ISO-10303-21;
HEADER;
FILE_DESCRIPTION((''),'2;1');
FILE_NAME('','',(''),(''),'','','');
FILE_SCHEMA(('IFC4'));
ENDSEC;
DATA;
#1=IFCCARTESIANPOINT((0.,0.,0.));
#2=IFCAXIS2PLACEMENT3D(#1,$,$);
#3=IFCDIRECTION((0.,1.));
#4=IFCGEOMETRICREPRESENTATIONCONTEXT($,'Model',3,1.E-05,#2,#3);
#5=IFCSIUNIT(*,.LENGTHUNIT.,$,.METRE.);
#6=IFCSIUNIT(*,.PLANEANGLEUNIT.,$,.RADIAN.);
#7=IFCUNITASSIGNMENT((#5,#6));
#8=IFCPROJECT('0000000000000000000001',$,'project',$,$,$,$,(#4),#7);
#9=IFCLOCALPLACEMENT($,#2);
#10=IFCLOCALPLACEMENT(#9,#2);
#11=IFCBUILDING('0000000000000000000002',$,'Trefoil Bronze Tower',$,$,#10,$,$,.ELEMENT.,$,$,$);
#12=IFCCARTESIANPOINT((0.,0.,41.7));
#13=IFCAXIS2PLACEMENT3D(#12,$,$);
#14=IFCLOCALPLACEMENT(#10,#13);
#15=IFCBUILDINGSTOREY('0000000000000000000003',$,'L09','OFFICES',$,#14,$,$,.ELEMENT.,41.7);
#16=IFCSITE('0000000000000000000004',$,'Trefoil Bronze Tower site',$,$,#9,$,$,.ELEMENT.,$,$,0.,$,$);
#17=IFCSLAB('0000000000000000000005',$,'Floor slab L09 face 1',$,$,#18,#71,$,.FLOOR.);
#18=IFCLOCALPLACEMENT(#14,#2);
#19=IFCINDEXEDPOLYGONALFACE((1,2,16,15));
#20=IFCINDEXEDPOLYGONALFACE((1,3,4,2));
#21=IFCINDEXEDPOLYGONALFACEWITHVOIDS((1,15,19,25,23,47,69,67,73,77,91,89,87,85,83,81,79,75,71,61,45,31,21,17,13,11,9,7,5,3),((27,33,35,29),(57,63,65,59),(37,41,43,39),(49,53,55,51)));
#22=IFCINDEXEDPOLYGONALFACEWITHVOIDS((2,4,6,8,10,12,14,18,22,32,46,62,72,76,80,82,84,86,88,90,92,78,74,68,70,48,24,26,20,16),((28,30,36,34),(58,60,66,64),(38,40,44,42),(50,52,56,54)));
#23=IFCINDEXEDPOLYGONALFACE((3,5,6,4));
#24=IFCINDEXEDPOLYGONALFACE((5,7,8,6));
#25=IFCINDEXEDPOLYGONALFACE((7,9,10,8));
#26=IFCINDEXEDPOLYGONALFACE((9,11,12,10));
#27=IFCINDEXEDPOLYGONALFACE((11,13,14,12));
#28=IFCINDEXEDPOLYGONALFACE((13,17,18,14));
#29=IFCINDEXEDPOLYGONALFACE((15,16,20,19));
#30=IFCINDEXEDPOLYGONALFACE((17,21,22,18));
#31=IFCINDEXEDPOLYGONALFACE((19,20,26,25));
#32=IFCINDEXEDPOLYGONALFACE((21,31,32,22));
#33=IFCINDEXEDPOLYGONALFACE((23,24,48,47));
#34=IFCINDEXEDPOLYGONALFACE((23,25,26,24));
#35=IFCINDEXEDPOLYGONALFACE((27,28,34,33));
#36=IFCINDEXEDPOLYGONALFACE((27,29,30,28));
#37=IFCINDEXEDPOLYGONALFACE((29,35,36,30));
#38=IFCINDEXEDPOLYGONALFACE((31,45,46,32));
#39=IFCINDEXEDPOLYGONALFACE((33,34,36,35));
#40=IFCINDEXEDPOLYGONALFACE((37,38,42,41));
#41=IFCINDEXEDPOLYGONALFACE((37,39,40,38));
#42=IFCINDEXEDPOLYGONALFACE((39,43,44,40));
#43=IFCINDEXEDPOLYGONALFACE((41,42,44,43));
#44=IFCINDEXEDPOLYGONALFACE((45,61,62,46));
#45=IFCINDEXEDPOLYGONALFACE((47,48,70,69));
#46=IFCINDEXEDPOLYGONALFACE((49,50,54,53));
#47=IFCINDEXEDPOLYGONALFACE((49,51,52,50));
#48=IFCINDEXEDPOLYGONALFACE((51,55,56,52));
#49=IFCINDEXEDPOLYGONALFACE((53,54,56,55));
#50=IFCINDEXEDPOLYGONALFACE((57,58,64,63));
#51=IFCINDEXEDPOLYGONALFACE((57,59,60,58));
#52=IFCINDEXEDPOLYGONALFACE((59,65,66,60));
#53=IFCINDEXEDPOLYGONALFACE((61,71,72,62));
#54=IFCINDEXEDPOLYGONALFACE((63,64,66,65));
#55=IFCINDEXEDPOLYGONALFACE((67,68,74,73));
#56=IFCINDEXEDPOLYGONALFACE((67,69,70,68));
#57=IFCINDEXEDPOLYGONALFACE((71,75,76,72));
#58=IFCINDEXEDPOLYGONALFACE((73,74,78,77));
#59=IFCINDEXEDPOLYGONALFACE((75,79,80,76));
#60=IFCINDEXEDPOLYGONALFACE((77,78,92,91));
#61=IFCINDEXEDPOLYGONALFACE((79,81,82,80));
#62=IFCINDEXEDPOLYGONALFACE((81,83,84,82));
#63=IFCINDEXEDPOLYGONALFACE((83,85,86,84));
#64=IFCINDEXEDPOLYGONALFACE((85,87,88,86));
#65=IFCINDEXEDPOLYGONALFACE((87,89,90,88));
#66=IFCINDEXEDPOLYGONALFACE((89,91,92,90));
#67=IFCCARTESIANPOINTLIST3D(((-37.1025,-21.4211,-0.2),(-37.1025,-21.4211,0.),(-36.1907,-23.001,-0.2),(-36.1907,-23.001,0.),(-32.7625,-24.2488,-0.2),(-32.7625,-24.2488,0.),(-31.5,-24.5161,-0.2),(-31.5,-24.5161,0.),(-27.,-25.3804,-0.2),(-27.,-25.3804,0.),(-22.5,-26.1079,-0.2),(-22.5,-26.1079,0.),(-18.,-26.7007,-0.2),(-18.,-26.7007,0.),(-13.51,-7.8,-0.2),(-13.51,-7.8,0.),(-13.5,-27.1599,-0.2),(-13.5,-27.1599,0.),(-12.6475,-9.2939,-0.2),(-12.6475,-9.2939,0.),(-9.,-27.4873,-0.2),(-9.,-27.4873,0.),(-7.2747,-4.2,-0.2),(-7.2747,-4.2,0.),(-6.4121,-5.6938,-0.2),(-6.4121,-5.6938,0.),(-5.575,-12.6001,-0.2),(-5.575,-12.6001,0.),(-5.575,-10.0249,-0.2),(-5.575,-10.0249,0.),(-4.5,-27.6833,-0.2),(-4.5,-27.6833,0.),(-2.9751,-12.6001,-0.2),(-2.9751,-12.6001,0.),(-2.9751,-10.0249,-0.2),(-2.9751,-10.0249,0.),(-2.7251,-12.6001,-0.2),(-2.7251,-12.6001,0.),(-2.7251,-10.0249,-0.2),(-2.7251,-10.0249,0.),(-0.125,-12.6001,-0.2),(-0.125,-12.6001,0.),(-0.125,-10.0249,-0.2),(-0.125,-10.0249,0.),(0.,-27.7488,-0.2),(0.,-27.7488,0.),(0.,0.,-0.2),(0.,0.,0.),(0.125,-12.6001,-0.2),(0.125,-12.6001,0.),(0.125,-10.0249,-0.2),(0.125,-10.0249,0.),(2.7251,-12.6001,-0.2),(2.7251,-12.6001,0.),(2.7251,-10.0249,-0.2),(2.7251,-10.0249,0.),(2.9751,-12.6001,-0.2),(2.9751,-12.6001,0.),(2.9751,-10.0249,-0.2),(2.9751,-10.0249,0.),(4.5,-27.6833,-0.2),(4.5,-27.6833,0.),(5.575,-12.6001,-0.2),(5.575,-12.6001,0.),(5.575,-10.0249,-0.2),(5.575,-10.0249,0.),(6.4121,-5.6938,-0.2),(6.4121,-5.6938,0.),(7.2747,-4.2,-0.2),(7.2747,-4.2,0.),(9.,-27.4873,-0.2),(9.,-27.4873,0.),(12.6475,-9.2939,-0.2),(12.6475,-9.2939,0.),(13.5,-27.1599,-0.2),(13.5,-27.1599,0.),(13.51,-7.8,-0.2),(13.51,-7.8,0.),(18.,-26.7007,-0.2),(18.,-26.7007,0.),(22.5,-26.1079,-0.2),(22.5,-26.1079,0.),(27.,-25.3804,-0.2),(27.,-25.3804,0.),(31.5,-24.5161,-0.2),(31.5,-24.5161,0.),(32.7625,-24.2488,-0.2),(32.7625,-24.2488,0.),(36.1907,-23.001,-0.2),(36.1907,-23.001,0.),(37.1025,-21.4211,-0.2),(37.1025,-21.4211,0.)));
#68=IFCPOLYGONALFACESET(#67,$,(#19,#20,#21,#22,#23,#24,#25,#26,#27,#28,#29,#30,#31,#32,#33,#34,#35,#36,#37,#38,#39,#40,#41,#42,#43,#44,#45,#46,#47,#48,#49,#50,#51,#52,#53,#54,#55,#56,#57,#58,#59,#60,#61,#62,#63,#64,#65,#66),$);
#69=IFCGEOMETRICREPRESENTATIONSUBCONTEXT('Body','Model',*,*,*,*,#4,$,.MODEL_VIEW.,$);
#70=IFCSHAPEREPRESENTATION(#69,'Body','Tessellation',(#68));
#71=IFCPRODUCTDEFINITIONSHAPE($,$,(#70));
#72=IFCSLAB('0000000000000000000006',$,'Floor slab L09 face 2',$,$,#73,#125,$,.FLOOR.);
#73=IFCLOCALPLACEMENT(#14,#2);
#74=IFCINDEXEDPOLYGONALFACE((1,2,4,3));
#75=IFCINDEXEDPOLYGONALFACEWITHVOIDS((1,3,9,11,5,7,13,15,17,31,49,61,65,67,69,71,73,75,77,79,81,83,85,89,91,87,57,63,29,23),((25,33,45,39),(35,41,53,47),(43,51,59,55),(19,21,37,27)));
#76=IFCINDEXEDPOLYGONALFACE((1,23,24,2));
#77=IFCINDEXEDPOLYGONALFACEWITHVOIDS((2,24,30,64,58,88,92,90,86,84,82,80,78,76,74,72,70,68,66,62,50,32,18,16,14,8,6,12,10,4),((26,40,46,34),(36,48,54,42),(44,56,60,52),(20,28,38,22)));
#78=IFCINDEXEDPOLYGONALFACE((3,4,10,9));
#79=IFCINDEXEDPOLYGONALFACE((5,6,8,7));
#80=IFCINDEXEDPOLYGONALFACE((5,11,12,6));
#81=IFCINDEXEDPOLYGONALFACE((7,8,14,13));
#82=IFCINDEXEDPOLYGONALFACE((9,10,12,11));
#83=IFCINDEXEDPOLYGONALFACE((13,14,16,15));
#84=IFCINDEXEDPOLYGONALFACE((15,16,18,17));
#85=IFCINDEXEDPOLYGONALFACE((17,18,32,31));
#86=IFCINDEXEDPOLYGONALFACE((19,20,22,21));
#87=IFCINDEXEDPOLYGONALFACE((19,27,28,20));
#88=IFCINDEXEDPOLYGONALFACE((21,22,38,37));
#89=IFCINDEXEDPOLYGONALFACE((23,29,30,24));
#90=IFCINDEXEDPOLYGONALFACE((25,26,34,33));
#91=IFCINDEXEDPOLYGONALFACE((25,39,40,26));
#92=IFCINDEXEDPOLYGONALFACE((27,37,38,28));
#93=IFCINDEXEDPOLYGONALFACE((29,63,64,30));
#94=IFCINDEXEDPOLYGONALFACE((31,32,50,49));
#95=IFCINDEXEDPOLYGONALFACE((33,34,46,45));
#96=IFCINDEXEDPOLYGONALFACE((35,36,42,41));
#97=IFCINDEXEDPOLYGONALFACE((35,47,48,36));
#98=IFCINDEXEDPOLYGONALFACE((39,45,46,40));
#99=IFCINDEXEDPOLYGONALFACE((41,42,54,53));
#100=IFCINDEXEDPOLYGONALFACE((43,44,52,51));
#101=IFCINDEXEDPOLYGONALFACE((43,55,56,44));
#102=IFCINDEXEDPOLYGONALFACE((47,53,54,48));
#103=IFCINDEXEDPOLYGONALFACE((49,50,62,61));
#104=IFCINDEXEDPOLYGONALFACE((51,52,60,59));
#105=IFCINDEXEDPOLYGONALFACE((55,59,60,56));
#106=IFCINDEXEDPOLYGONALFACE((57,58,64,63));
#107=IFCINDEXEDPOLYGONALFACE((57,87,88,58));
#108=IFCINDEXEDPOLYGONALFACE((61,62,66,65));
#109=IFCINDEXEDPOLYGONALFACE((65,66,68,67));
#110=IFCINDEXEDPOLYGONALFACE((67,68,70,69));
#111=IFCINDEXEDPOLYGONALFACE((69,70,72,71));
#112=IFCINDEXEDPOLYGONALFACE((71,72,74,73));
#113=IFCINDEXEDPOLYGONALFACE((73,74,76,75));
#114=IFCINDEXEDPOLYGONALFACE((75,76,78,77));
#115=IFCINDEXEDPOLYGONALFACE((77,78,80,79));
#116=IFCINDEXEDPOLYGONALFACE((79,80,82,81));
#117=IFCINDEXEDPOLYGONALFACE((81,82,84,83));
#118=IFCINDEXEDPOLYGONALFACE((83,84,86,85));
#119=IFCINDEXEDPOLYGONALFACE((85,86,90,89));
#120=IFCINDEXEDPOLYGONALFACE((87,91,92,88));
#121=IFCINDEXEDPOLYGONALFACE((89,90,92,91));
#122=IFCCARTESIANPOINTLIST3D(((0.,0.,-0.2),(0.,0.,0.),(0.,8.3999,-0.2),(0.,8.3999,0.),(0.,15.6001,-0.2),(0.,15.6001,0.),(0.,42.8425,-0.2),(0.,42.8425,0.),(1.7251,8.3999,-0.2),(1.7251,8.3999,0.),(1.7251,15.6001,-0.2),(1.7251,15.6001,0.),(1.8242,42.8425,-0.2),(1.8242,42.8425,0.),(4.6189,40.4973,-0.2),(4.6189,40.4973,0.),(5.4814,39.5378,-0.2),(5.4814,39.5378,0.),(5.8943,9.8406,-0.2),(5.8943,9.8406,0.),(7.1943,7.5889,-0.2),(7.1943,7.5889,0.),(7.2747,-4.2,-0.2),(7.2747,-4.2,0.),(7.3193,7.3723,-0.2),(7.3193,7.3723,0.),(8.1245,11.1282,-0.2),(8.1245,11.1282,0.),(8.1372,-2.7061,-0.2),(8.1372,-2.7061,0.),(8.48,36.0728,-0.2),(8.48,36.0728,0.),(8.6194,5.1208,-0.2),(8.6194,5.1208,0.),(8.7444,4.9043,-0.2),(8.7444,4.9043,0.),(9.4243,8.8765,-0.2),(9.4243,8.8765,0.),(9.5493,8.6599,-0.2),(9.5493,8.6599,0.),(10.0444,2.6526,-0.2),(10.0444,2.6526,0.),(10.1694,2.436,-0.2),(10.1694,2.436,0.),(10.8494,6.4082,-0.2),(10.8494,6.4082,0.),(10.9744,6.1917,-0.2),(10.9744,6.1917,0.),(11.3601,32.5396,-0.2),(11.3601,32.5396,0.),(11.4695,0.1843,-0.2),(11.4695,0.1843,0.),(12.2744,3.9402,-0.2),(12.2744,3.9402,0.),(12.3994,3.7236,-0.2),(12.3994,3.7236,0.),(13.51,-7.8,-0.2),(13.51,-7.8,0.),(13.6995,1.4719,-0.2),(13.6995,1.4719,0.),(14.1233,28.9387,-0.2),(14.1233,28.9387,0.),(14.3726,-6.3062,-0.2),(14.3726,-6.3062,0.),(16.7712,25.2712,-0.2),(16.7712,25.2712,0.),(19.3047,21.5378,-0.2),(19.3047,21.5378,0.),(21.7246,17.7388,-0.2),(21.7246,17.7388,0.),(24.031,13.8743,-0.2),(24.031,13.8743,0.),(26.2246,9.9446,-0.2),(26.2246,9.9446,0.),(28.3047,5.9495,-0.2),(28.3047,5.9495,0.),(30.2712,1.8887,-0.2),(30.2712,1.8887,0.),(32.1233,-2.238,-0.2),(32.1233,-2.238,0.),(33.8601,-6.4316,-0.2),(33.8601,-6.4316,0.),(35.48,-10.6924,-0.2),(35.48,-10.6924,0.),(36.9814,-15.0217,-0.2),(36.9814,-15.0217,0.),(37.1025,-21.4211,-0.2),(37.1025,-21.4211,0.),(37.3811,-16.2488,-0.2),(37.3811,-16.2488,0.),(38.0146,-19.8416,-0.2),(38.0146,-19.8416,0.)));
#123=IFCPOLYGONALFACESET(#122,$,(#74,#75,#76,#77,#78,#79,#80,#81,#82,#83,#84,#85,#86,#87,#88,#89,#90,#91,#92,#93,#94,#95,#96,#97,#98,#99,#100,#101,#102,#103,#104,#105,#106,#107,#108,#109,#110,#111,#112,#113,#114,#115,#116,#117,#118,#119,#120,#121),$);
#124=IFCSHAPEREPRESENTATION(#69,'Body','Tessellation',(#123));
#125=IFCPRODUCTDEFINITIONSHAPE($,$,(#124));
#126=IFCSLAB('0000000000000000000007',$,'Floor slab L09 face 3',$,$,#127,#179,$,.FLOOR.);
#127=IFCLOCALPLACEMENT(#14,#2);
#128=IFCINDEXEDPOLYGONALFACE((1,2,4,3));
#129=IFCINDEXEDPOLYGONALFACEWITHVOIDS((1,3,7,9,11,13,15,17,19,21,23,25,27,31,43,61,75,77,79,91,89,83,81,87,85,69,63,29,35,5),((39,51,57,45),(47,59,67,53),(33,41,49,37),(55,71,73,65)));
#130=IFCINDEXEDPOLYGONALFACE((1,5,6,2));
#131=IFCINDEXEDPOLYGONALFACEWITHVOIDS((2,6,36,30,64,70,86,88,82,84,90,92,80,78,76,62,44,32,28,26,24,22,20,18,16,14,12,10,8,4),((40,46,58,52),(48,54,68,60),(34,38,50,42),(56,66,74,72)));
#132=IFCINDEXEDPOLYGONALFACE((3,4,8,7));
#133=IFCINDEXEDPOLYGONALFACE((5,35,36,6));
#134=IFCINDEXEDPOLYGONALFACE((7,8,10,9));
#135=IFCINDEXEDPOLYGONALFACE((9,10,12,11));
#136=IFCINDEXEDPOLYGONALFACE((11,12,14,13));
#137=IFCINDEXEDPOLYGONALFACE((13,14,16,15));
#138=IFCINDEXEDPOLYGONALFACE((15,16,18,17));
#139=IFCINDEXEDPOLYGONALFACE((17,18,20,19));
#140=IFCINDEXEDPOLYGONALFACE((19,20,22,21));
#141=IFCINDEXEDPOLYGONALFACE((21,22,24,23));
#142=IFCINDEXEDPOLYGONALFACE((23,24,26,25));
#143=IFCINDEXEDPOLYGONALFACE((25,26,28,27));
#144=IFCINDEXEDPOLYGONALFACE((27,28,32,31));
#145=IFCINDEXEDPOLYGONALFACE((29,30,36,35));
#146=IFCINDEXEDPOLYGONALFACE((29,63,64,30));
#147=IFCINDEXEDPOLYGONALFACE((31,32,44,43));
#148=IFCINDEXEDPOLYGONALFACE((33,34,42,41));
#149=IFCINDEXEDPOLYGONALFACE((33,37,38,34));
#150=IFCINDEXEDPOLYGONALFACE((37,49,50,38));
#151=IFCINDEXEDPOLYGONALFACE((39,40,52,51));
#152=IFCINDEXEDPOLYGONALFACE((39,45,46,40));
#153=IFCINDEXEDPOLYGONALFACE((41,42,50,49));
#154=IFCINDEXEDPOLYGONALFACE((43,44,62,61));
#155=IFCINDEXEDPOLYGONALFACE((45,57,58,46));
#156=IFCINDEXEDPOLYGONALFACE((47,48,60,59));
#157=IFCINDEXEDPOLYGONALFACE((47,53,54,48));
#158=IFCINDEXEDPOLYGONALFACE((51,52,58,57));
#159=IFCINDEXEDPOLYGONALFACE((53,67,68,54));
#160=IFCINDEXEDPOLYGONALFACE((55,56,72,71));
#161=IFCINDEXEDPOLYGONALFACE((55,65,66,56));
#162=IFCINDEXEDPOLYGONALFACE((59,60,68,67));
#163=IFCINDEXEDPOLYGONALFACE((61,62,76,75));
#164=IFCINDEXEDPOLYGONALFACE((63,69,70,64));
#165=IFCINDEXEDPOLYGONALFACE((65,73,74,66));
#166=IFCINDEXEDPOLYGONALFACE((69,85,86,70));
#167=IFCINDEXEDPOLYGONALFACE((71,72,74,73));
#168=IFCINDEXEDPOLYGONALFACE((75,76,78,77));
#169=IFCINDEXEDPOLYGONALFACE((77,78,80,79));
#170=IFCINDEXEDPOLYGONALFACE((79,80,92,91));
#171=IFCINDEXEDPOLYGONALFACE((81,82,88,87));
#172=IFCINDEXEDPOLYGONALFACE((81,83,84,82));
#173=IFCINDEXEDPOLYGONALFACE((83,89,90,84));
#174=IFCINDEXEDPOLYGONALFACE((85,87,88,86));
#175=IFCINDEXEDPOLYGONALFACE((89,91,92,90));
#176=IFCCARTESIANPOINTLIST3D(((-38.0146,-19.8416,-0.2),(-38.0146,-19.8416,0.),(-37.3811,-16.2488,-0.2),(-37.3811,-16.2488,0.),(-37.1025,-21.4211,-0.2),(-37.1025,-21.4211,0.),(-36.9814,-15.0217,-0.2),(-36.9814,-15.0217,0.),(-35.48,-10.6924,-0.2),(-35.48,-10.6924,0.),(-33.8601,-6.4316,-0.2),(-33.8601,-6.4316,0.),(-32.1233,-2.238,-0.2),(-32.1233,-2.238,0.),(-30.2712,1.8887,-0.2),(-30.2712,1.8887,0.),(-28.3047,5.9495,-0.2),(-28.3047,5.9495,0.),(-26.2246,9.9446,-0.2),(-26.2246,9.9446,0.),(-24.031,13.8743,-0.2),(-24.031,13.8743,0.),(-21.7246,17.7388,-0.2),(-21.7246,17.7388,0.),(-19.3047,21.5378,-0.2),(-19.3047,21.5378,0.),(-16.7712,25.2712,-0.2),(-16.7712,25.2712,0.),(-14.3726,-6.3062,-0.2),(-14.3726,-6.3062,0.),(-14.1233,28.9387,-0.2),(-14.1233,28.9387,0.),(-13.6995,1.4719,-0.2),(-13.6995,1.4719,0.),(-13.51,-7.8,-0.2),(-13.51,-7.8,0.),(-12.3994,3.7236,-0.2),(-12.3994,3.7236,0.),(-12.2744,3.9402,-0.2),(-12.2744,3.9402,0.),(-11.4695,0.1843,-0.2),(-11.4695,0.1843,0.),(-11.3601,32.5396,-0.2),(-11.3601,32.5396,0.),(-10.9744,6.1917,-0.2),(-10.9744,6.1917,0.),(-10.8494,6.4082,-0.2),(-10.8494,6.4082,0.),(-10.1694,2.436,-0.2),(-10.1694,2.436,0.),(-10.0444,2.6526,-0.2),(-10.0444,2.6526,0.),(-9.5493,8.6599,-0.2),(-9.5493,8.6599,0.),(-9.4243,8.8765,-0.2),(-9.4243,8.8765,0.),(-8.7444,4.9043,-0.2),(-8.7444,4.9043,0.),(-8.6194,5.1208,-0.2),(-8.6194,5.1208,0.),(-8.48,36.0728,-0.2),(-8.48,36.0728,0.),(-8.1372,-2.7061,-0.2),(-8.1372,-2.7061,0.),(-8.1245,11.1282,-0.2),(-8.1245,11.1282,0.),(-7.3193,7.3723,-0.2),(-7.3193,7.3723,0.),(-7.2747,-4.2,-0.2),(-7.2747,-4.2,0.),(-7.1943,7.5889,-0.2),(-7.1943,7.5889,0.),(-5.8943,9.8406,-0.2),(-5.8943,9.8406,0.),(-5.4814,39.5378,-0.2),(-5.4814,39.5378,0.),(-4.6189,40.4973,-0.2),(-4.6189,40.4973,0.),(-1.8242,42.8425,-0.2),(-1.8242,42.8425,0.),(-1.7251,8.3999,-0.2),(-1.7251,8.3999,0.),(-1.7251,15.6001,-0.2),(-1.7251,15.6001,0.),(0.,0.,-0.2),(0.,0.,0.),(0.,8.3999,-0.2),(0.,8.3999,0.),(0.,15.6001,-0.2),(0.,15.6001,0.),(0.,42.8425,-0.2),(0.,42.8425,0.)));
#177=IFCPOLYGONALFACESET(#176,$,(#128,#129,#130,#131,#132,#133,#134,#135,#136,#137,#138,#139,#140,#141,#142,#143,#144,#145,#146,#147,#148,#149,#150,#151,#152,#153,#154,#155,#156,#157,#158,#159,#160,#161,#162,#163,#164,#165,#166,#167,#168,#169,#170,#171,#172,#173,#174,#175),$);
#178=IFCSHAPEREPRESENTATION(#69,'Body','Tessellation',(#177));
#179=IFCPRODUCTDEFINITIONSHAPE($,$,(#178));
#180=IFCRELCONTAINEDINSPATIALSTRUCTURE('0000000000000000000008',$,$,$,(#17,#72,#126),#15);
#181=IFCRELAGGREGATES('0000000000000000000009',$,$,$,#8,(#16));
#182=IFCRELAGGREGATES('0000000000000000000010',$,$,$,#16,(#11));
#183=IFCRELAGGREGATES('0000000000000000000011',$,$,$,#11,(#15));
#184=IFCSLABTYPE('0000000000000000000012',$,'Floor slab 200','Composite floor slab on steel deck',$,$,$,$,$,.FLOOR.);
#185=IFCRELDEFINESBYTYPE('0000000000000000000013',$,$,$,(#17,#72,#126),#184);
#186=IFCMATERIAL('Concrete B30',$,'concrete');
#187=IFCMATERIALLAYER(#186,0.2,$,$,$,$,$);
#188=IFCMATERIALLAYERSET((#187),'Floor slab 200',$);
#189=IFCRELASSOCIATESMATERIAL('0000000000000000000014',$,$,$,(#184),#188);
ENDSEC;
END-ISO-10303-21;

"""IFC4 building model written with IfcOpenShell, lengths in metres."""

from ifc_helpers import new_model, si_unit, direction, frame, origin, place, context, subcontext, project, spatial, polyline, outline, extrude, material, layer, layer_set, type_object, element, save


model = new_model("IFC4")

# Units and contexts
model_context = context("Model", 3, precision=1e-05, world=origin(), true_north=direction((0.0, 1.0)))
body_context = subcontext(model_context, "Body", "Model", "MODEL_VIEW")
ifc_project = project(units=[si_unit("LENGTHUNIT", "METRE"), si_unit("PLANEANGLEUNIT", "RADIAN")], contexts=[model_context])

# Site, building, storey
site_placement = place(None, origin())
site = spatial("IfcSite", under=ifc_project, at=site_placement, Name="Trefoil Bronze Tower site", CompositionType="ELEMENT", RefElevation=0.0)
building_placement = place(site_placement, origin())
building = spatial("IfcBuilding", under=site, at=building_placement, Name="Trefoil Bronze Tower", CompositionType="ELEMENT")
storey_placement = place(building_placement, frame((0.0, 0.0, 41.7)))
storey = spatial("IfcBuildingStorey", under=building, at=storey_placement, Name="L09", Description="OFFICES", CompositionType="ELEMENT", Elevation=41.7)

# Slabs
ifc_material_1 = material(Name="Concrete B30", Category="concrete")
ifc_layer_1 = layer(ifc_material_1, 0.2)
ifc_layer_set_1 = layer_set([ifc_layer_1], Name="Floor slab 200")
slab_type = type_object("IfcSlabType", Name="Floor slab 200", Description="Composite floor slab on steel deck", PredefinedType="FLOOR", material=ifc_layer_set_1)
slab_1_placement = place(storey_placement, frame((0.0, 0.0, -0.2)))
element("IfcSlab", 1, at=slab_1_placement, inside=storey, type_object=slab_type, Name="Floor slab L09 face 1", PredefinedType="FLOOR", context=body_context, shape_type="SweptSolid", body=[
    extrude(outline(polyline([(27.0, -25.3804), (22.5, -26.1079), (18.0, -26.7007), (13.5, -27.1599), (9.0, -27.4873), (4.5, -27.6833), (0.0, -27.7488), (-4.5, -27.6833), (-9.0, -27.4873), (-13.5, -27.1599), (-18.0, -26.7007), (-22.5, -26.1079), (-27.0, -25.3804), (-31.5, -24.5161), (-32.7625, -24.2488), (-36.1907, -23.001), (-37.1025, -21.4211), (-13.51, -7.8), (-12.6475, -9.2939), (-6.4121, -5.6938), (-7.2747, -4.2), (0.0, 0.0), (7.2747, -4.2), (6.4121, -5.6938), (12.6475, -9.2939), (13.51, -7.8), (37.1025, -21.4211), (36.1907, -23.001), (32.7625, -24.2488), (31.5, -24.5161), (27.0, -25.3804)]), holes=[polyline([(-5.575, -10.0249), (-2.9751, -10.0249), (-2.9751, -12.6001), (-5.575, -12.6001), (-5.575, -10.0249)]), polyline([(-2.7251, -10.0249), (-0.125, -10.0249), (-0.125, -12.6001), (-2.7251, -12.6001), (-2.7251, -10.0249)]), polyline([(0.125, -10.0249), (2.7251, -10.0249), (2.7251, -12.6001), (0.125, -12.6001), (0.125, -10.0249)]), polyline([(2.9751, -10.0249), (5.575, -10.0249), (5.575, -12.6001), (2.9751, -12.6001), (2.9751, -10.0249)])]), origin(), (0.0, 0.0, 1.0), 0.2),
])
slab_2_placement = place(storey_placement, frame((0.0, 0.0, -0.2)))
element("IfcSlab", 2, at=slab_2_placement, inside=storey, type_object=slab_type, Name="Floor slab L09 face 2", PredefinedType="FLOOR", context=body_context, shape_type="SweptSolid", body=[
    extrude(outline(polyline([(8.48, 36.0728), (11.3601, 32.5396), (14.1233, 28.9387), (16.7712, 25.2712), (19.3047, 21.5378), (21.7246, 17.7388), (24.031, 13.8743), (26.2246, 9.9446), (28.3047, 5.9495), (30.2712, 1.8887), (32.1233, -2.238), (33.8601, -6.4316), (35.48, -10.6924), (36.9814, -15.0217), (37.3811, -16.2488), (38.0146, -19.8416), (37.1025, -21.4211), (13.51, -7.8), (14.3726, -6.3062), (8.1372, -2.7061), (7.2747, -4.2), (0.0, 0.0), (0.0, 8.3999), (1.7251, 8.3999), (1.7251, 15.6001), (0.0, 15.6001), (0.0, 42.8425), (1.8242, 42.8425), (4.6189, 40.4973), (5.4814, 39.5378), (8.48, 36.0728)]), holes=[polyline([(11.4695, 0.1843), (10.1694, 2.436), (12.3994, 3.7236), (13.6995, 1.4719), (11.4695, 0.1843)]), polyline([(10.0444, 2.6526), (8.7444, 4.9043), (10.9744, 6.1917), (12.2744, 3.9402), (10.0444, 2.6526)]), polyline([(8.6194, 5.1208), (7.3193, 7.3723), (9.5493, 8.6599), (10.8494, 6.4082), (8.6194, 5.1208)]), polyline([(7.1943, 7.5889), (5.8943, 9.8406), (8.1245, 11.1282), (9.4243, 8.8765), (7.1943, 7.5889)])]), origin(), (0.0, 0.0, 1.0), 0.2),
])
slab_3_placement = place(storey_placement, frame((0.0, 0.0, -0.2)))
element("IfcSlab", 3, at=slab_3_placement, inside=storey, type_object=slab_type, Name="Floor slab L09 face 3", PredefinedType="FLOOR", context=body_context, shape_type="SweptSolid", body=[
    extrude(outline(polyline([(-35.48, -10.6924), (-33.8601, -6.4316), (-32.1233, -2.238), (-30.2712, 1.8887), (-28.3047, 5.9495), (-26.2246, 9.9446), (-24.031, 13.8743), (-21.7246, 17.7388), (-19.3047, 21.5378), (-16.7712, 25.2712), (-14.1233, 28.9387), (-11.3601, 32.5396), (-8.48, 36.0728), (-5.4814, 39.5378), (-4.6189, 40.4973), (-1.8242, 42.8425), (0.0, 42.8425), (0.0, 15.6001), (-1.7251, 15.6001), (-1.7251, 8.3999), (0.0, 8.3999), (0.0, 0.0), (-7.2747, -4.2), (-8.1372, -2.7061), (-14.3726, -6.3062), (-13.51, -7.8), (-37.1025, -21.4211), (-38.0146, -19.8416), (-37.3811, -16.2488), (-36.9814, -15.0217), (-35.48, -10.6924)]), holes=[polyline([(-5.8943, 9.8406), (-7.1943, 7.5889), (-9.4243, 8.8765), (-8.1245, 11.1282), (-5.8943, 9.8406)]), polyline([(-7.3193, 7.3723), (-8.6194, 5.1208), (-10.8494, 6.4082), (-9.5493, 8.6599), (-7.3193, 7.3723)]), polyline([(-8.7444, 4.9043), (-10.0444, 2.6526), (-12.2744, 3.9402), (-10.9744, 6.1917), (-8.7444, 4.9043)]), polyline([(-10.1694, 2.436), (-11.4695, 0.1843), (-13.6995, 1.4719), (-12.3994, 3.7236), (-10.1694, 2.436)])]), origin(), (0.0, 0.0, 1.0), 0.2),
])

save(model, "model.ifc")
